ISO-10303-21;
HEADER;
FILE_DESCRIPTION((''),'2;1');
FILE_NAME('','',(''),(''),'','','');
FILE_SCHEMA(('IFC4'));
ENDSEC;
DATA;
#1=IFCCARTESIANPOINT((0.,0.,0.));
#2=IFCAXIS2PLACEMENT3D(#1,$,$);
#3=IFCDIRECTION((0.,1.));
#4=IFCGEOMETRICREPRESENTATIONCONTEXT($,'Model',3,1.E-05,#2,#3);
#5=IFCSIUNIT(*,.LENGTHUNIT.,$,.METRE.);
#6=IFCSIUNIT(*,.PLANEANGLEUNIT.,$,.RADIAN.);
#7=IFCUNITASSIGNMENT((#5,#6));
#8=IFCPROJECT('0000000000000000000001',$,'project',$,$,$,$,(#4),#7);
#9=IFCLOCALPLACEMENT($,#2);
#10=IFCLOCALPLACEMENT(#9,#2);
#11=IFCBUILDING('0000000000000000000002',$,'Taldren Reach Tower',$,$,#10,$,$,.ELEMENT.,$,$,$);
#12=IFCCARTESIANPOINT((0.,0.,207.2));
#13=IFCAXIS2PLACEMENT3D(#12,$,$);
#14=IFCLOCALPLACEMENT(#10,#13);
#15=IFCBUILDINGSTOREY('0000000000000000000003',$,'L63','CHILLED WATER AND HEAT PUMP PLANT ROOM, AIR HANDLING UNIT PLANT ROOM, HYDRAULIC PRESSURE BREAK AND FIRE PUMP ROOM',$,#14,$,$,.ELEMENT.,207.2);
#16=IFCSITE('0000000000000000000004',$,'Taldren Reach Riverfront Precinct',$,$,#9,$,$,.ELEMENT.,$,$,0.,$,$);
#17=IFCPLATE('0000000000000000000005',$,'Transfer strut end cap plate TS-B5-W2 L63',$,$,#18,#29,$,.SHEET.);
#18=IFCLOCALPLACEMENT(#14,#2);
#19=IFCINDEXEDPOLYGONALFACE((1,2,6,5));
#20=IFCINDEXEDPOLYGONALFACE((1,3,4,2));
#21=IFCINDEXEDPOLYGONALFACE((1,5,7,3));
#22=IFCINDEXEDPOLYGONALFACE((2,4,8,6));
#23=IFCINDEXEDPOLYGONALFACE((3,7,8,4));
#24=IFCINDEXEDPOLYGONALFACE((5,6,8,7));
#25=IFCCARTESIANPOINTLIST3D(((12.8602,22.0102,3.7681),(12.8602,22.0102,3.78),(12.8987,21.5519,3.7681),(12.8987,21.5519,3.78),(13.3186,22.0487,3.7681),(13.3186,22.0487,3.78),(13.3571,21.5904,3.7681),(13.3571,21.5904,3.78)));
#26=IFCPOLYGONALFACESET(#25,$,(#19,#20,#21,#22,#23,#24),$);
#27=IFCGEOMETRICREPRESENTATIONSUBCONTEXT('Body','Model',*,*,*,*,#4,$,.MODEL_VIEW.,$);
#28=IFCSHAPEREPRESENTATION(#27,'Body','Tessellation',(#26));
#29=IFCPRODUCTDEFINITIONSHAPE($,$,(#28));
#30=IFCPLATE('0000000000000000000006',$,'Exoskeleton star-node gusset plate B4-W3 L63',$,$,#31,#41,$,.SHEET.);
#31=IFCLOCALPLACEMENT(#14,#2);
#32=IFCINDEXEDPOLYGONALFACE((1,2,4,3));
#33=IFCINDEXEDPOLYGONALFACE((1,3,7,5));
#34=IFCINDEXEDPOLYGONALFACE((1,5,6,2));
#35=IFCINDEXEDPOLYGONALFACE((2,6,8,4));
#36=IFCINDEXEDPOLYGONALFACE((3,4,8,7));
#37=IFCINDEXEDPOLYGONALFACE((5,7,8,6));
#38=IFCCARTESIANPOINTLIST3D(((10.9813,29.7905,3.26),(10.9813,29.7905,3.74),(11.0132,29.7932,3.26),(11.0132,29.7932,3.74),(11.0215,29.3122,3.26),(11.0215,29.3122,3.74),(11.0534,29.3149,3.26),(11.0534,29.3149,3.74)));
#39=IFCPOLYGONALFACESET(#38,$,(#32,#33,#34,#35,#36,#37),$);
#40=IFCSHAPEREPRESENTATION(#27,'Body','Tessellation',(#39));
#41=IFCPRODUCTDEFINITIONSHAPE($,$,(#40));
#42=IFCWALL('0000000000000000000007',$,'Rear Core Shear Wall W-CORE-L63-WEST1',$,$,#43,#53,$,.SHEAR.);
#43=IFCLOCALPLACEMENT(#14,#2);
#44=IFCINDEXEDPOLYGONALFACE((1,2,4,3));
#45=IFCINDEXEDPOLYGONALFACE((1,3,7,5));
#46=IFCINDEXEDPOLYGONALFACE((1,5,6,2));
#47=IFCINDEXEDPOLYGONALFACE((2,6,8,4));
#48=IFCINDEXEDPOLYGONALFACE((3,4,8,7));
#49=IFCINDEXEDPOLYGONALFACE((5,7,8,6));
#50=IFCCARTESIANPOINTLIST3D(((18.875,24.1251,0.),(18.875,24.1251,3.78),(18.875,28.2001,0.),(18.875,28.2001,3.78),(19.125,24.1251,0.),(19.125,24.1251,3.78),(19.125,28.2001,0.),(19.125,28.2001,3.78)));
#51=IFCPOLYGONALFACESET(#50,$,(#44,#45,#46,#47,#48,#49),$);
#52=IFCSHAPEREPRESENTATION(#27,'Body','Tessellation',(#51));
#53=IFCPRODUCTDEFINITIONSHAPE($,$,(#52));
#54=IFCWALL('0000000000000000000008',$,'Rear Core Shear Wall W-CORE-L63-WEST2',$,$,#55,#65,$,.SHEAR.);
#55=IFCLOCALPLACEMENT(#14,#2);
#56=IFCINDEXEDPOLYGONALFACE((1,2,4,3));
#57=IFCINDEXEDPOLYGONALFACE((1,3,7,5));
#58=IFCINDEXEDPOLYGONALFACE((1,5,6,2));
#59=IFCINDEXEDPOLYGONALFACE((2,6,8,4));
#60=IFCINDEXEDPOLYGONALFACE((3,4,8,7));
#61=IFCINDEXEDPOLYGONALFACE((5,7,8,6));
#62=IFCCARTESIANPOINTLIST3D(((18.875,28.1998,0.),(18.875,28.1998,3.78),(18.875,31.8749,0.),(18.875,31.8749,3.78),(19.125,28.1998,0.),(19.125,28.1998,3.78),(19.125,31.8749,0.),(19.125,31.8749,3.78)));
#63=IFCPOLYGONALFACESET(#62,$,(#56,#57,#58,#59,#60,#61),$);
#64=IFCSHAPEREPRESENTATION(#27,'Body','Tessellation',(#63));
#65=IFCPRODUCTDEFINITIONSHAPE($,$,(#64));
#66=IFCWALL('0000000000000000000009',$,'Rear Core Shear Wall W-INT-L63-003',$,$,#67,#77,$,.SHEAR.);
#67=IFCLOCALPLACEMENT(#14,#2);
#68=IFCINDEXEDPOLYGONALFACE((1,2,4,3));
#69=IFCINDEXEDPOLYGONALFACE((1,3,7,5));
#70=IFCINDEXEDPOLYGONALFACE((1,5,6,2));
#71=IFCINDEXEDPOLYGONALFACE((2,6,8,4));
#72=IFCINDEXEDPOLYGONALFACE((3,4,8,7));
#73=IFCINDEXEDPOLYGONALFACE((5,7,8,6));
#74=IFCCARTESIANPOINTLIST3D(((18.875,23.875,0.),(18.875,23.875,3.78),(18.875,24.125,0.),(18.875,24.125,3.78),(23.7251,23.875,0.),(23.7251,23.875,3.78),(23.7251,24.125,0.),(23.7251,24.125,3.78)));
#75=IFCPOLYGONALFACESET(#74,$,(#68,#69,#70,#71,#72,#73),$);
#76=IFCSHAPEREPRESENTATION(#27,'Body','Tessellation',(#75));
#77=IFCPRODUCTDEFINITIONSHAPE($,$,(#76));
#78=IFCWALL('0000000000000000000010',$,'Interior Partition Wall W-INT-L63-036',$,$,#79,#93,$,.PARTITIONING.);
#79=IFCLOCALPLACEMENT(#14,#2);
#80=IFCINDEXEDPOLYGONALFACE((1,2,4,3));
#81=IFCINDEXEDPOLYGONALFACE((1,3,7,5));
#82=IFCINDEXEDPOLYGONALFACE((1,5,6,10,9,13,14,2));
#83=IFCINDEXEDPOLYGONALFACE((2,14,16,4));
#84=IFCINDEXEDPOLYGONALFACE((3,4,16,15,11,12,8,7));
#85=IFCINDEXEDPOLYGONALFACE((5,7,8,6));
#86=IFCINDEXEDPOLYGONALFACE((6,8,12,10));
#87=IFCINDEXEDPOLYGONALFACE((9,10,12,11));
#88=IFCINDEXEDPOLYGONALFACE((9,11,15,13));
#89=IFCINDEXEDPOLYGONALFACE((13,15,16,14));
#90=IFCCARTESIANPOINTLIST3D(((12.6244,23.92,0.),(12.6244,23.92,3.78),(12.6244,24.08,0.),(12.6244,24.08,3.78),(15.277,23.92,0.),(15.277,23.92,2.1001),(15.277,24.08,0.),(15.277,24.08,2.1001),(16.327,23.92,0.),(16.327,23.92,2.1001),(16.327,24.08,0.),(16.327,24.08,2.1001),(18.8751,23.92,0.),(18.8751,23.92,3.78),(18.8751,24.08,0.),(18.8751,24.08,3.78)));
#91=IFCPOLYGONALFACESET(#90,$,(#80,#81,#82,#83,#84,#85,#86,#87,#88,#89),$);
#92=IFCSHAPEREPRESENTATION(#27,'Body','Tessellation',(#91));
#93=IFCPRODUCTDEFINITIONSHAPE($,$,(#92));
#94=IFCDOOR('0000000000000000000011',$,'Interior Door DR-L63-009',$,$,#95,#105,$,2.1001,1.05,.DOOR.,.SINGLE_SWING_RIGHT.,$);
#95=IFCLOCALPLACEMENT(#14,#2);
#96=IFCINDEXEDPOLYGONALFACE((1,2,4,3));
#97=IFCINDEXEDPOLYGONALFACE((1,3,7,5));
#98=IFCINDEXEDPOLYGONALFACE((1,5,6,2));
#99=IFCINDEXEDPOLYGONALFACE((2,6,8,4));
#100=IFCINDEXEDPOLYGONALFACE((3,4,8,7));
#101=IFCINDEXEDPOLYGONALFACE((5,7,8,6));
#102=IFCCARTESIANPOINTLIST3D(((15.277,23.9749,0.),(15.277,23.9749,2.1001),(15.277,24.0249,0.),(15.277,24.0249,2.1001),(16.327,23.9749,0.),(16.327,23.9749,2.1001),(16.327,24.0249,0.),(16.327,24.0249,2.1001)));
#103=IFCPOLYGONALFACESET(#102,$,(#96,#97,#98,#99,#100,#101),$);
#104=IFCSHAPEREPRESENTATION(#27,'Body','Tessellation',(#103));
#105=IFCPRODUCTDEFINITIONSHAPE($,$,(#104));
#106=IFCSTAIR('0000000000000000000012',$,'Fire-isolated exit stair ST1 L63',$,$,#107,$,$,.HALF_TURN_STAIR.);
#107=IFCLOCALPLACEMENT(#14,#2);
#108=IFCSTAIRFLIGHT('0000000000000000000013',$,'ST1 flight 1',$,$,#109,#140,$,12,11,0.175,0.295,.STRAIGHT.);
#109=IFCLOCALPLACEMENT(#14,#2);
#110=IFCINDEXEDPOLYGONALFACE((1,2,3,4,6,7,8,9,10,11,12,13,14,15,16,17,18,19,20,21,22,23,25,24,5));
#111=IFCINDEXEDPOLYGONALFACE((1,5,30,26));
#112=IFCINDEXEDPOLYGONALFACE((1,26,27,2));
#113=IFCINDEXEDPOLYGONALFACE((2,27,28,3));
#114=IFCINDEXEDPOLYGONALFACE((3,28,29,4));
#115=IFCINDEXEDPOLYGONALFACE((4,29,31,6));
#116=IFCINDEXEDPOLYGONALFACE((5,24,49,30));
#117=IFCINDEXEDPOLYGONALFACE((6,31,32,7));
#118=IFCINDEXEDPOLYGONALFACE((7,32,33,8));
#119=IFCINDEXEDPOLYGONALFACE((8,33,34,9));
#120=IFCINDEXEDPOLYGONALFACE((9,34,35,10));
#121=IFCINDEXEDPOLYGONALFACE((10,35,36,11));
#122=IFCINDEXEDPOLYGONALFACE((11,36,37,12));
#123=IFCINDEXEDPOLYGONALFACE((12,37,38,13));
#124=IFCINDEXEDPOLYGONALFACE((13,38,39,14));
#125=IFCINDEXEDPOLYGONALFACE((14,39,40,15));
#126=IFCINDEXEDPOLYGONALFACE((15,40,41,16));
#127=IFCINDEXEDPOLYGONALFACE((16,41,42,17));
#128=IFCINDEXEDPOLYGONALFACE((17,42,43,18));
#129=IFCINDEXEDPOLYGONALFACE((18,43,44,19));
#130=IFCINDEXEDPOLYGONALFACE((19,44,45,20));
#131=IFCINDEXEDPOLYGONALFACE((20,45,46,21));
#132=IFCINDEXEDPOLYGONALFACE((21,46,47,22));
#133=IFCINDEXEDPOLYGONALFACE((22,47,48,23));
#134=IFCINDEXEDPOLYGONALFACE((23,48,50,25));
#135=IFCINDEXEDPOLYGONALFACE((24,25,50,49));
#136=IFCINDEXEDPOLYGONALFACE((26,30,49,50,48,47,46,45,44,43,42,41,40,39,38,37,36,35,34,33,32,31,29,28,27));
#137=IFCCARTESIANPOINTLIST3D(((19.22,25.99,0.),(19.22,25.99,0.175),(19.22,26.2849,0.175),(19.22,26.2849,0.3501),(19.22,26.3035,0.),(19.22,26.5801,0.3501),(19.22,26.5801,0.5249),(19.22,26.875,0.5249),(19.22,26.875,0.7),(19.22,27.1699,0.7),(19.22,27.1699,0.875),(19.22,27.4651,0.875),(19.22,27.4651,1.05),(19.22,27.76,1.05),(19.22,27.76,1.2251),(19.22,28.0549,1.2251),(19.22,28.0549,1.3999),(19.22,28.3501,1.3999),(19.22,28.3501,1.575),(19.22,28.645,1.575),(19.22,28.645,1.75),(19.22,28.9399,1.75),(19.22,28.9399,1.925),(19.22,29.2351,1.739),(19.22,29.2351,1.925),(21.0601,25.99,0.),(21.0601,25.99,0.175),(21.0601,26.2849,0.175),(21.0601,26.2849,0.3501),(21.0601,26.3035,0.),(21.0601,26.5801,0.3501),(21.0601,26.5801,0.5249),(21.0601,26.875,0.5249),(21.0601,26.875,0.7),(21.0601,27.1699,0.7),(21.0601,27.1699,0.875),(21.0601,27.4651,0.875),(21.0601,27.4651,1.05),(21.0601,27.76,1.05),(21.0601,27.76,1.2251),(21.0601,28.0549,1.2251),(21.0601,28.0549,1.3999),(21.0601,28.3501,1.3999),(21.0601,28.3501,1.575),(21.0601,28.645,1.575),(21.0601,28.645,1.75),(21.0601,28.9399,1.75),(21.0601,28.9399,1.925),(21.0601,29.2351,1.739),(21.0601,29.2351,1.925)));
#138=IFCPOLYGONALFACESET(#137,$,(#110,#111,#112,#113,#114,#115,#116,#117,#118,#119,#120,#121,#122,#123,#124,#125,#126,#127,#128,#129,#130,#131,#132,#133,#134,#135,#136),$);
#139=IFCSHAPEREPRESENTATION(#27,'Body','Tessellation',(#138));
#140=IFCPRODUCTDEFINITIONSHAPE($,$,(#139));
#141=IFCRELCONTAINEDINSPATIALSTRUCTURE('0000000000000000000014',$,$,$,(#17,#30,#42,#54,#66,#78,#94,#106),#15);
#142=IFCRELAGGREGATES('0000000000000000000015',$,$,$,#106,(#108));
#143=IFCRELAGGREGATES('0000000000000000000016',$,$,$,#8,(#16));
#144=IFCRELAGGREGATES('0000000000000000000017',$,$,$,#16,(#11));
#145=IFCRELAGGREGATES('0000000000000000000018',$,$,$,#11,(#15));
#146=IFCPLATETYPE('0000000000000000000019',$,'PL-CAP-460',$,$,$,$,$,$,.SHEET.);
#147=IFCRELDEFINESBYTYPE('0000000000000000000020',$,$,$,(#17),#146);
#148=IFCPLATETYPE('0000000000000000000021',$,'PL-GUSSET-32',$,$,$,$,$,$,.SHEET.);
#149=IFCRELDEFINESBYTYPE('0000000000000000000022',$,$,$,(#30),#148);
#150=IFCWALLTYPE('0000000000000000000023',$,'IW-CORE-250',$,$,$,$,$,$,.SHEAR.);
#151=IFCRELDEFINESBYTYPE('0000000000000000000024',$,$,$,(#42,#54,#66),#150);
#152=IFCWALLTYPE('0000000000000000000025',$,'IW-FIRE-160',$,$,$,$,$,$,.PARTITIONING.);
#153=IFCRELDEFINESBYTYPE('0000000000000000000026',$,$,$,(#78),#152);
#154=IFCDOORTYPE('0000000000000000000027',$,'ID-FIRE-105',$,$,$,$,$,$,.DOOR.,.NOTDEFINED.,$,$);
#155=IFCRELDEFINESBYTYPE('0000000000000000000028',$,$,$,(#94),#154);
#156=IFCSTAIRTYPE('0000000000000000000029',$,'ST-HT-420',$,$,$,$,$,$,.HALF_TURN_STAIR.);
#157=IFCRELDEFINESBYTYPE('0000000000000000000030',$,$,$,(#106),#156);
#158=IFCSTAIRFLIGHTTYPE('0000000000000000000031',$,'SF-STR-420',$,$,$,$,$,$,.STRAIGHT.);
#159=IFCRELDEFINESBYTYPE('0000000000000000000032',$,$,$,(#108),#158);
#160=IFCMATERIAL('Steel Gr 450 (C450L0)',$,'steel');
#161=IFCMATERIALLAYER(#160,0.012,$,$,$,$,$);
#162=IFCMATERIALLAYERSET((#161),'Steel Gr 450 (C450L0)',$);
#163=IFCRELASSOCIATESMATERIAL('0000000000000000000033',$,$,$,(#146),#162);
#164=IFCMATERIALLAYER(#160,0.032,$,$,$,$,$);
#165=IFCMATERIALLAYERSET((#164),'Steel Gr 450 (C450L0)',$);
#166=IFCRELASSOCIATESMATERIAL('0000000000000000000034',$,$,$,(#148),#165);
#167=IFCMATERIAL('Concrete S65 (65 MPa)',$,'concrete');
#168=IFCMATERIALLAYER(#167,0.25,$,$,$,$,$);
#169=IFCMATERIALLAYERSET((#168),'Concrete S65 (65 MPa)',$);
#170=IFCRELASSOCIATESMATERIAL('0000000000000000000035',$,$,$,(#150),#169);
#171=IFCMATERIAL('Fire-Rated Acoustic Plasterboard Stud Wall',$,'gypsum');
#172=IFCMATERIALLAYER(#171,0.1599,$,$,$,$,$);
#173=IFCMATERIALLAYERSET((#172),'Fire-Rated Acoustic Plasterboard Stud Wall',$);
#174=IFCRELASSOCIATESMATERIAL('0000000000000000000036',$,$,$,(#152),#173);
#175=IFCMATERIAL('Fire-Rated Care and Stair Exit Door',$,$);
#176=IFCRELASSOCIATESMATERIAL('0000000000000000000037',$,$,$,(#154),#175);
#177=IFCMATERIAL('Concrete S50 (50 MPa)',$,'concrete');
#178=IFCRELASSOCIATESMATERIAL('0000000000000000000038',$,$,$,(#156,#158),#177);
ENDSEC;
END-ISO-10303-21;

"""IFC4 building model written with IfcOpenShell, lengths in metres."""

from ifc_helpers import new_model, si_unit, direction, frame, frame_2d, origin, origin_2d, place, context, subcontext, project, spatial, polyline, rectangle, outline, extrude, source, transform, mapped, material, layer, layer_set, type_object, element, fill, aggregate, save


model = new_model("IFC4")

# Units and contexts
model_context = context("Model", 3, precision=1e-05, world=origin(), true_north=direction((0.0, 1.0)))
body_context = subcontext(model_context, "Body", "Model", "MODEL_VIEW")
ifc_project = project(units=[si_unit("LENGTHUNIT", "METRE"), si_unit("PLANEANGLEUNIT", "RADIAN")], contexts=[model_context])

# Site, building, storey
site_placement = place(None, origin())
site = spatial("IfcSite", under=ifc_project, at=site_placement, Name="Taldren Reach Riverfront Precinct", CompositionType="ELEMENT", RefElevation=0.0)
building_placement = place(site_placement, origin())
building = spatial("IfcBuilding", under=site, at=building_placement, Name="Taldren Reach Tower", CompositionType="ELEMENT")
storey_placement = place(building_placement, frame((0.0, 0.0, 207.2)))
storey = spatial("IfcBuildingStorey", under=building, at=storey_placement, Name="L63", Description="CHILLED WATER AND HEAT PUMP PLANT ROOM, AIR HANDLING UNIT PLANT ROOM, HYDRAULIC PRESSURE BREAK AND FIRE PUMP ROOM", CompositionType="ELEMENT", Elevation=207.2)

# Shared definitions
ifc_material_1 = material(Name="Steel Gr 450 (C450L0)", Category="steel")

# Plates
ifc_layer_1 = layer(ifc_material_1, 0.012)
ifc_layer_set_1 = layer_set([ifc_layer_1], Name="Steel Gr 450 (C450L0)")
plate_type_1 = type_object("IfcPlateType", Name="PL-CAP-460", PredefinedType="SHEET", material=ifc_layer_set_1)
shared_shape_1 = source(origin(), body_context, "Body", "SweptSolid", [
    extrude(rectangle(XDim=0.46, YDim=0.46, at=origin_2d()), origin(), (0.0, 0.0, 1.0), 0.012),
])
plate_1_placement = place(storey_placement, frame((13.1086, 21.8003, 3.7681), z_axis=(0.0, 0.0, 1.0), x_axis=(0.996493, 0.083678, 0.0)))
element("IfcPlate", 1, at=plate_1_placement, inside=storey, type_object=plate_type_1, Name="Transfer strut end cap plate TS-B5-W2 L63", PredefinedType="SHEET", context=body_context, shape_type="MappedRepresentation", body=[
    mapped(shared_shape_1, transform((0.0, 0.0, 0.0), scale=1.0)),
])
ifc_layer_2 = layer(ifc_material_1, 0.032)
ifc_layer_set_2 = layer_set([ifc_layer_2], Name="Steel Gr 450 (C450L0)")
plate_type_2 = type_object("IfcPlateType", Name="PL-GUSSET-32", PredefinedType="SHEET", material=ifc_layer_set_2)
shared_shape_2 = source(origin(), body_context, "Body", "SweptSolid", [
    extrude(rectangle(XDim=0.48, YDim=0.032, at=origin_2d()), origin(), (0.0, 0.0, 1.0), 0.48),
])
plate_2_placement = place(storey_placement, frame((11.0173, 29.5527, 3.26), z_axis=(0.0, 0.0, 1.0), x_axis=(-0.083678, 0.996493, 0.0)))
element("IfcPlate", 2, at=plate_2_placement, inside=storey, type_object=plate_type_2, Name="Exoskeleton star-node gusset plate B4-W3 L63", PredefinedType="SHEET", context=body_context, shape_type="MappedRepresentation", body=[
    mapped(shared_shape_2, transform((0.0, 0.0, 0.0), scale=1.0)),
])

# Walls
ifc_material_2 = material(Name="Concrete S65 (65 MPa)", Category="concrete")
ifc_layer_3 = layer(ifc_material_2, 0.25)
ifc_layer_set_3 = layer_set([ifc_layer_3], Name="Concrete S65 (65 MPa)")
wall_type_1 = type_object("IfcWallType", Name="IW-CORE-250", PredefinedType="SHEAR", material=ifc_layer_set_3)
shared_shape_3 = source(origin(), body_context, "Body", "SweptSolid", [
    extrude(rectangle(XDim=4.075, YDim=0.25, at=frame_2d((2.0376, 0.0))), origin(), (0.0, 0.0, 1.0), 3.78),
])
wall_1_placement = place(storey_placement, frame((19.0, 24.125, 0.0), z_axis=(0.0, 0.0, 1.0), x_axis=(0.0, 1.0, 0.0)))
element("IfcWall", 3, at=wall_1_placement, inside=storey, type_object=wall_type_1, Name="Rear Core Shear Wall W-CORE-L63-WEST1", PredefinedType="SHEAR", context=body_context, shape_type="MappedRepresentation", body=[
    mapped(shared_shape_3, transform((0.0, 0.0, 0.0), scale=1.0)),
])
shared_shape_4 = source(origin(), body_context, "Body", "SweptSolid", [
    extrude(rectangle(XDim=3.675, YDim=0.25, at=frame_2d((1.8374, 0.0))), origin(), (0.0, 0.0, 1.0), 3.78),
])
wall_2_placement = place(storey_placement, frame((19.0, 28.2, 0.0), z_axis=(0.0, 0.0, 1.0), x_axis=(0.0, 1.0, 0.0)))
element("IfcWall", 4, at=wall_2_placement, inside=storey, type_object=wall_type_1, Name="Rear Core Shear Wall W-CORE-L63-WEST2", PredefinedType="SHEAR", context=body_context, shape_type="MappedRepresentation", body=[
    mapped(shared_shape_4, transform((0.0, 0.0, 0.0), scale=1.0)),
])
shared_shape_5 = source(origin(), body_context, "Body", "SweptSolid", [
    extrude(rectangle(XDim=4.8501, YDim=0.25, at=frame_2d((2.425, 0.0))), origin(), (0.0, 0.0, 1.0), 3.78),
])
wall_3_placement = place(storey_placement, frame((18.875, 24.0, 0.0), z_axis=(0.0, 0.0, 1.0), x_axis=(1.0, 0.0, 0.0)))
element("IfcWall", 5, at=wall_3_placement, inside=storey, type_object=wall_type_1, Name="Rear Core Shear Wall W-INT-L63-003", PredefinedType="SHEAR", context=body_context, shape_type="MappedRepresentation", body=[
    mapped(shared_shape_5, transform((0.0, 0.0, 0.0), scale=1.0)),
])

# Wall, opening, door
ifc_material_3 = material(Name="Fire-Rated Acoustic Plasterboard Stud Wall", Category="gypsum")
ifc_layer_4 = layer(ifc_material_3, 0.1599)
ifc_layer_set_4 = layer_set([ifc_layer_4], Name="Fire-Rated Acoustic Plasterboard Stud Wall")
wall_type_2 = type_object("IfcWallType", Name="IW-FIRE-160", PredefinedType="PARTITIONING", material=ifc_layer_set_4)
shared_shape_6 = source(origin(), body_context, "Body", "SweptSolid", [
    extrude(rectangle(XDim=6.2507, YDim=0.1599, at=frame_2d((3.1255, 0.0))), origin(), (0.0, 0.0, 1.0), 3.78),
])
wall_4_placement = place(storey_placement, frame((12.6243, 24.0, 0.0), z_axis=(0.0, 0.0, 1.0), x_axis=(1.0, 0.0, 0.0)))
wall_4 = element("IfcWall", 6, at=wall_4_placement, inside=storey, type_object=wall_type_2, Name="Interior Partition Wall W-INT-L63-036", PredefinedType="PARTITIONING", context=body_context, shape_type="MappedRepresentation", body=[
    mapped(shared_shape_6, transform((0.0, 0.0, 0.0), scale=1.0)),
])
shared_shape_7 = source(origin(), body_context, "Body", "SweptSolid", [
    extrude(rectangle(XDim=1.05, YDim=2.1001, at=frame_2d((0.5249, 1.05))), frame((0.0, 0.0898, 0.0), z_axis=(0.0, -1.0, 0.0), x_axis=(1.0, 0.0, 0.0)), (0.0, 0.0, 1.0), 0.1799),
])
opening_placement = place(wall_4_placement, frame((2.6528, 0.0, 0.0)))
opening = element("IfcOpeningElement", 7, at=opening_placement, cuts=wall_4, PredefinedType="OPENING", context=body_context, shape_type="MappedRepresentation", body=[
    mapped(shared_shape_7, transform((0.0, 0.0, 0.0), scale=1.0)),
])
ifc_material_4 = material(Name="Fire-Rated Care and Stair Exit Door")
door_type = type_object("IfcDoorType", Name="ID-FIRE-105", OperationType="NOTDEFINED", PredefinedType="DOOR", material=ifc_material_4)
shared_shape_8 = source(origin(), body_context, "Body", "SweptSolid", [
    extrude(rectangle(XDim=1.05, YDim=2.1001, at=frame_2d((0.5249, 1.05))), frame((0.0, 0.0249, 0.0), z_axis=(0.0, -1.0, 0.0), x_axis=(1.0, 0.0, 0.0)), (0.0, 0.0, 1.0), 0.05),
])
door_placement = place(opening_placement, origin())
door = element("IfcDoor", 8, at=door_placement, inside=storey, type_object=door_type, Name="Interior Door DR-L63-009", OperationType="SINGLE_SWING_RIGHT", OverallHeight=2.1001, OverallWidth=1.05, PredefinedType="DOOR", context=body_context, shape_type="MappedRepresentation", body=[
    mapped(shared_shape_8, transform((0.0, 0.0, 0.0), scale=1.0)),
])
fill(opening, door)

# Stair, stair flight
ifc_material_5 = material(Name="Concrete S50 (50 MPa)", Category="concrete")
stair_type = type_object("IfcStairType", Name="ST-HT-420", PredefinedType="HALF_TURN_STAIR", material=ifc_material_5)
stair_placement = place(storey_placement, origin())
stair = element("IfcStair", 9, at=stair_placement, inside=storey, type_object=stair_type, Name="Fire-isolated exit stair ST1 L63", PredefinedType="HALF_TURN_STAIR")
stair_flight_type = type_object("IfcStairFlightType", Name="SF-STR-420", PredefinedType="STRAIGHT", material=ifc_material_5)
stair_flight_placement = place(storey_placement, frame((20.1399, 25.99, 0.0), z_axis=(0.0, 0.0, 1.0), x_axis=(0.0, 1.0, 0.0)))
stair_flight = element("IfcStairFlight", 10, at=stair_flight_placement, type_object=stair_flight_type, Name="ST1 flight 1", NumberOfRisers=12, NumberOfTreads=11, PredefinedType="STRAIGHT", RiserHeight=0.175, TreadLength=0.295, context=body_context, shape_type="SweptSolid", body=[
    extrude(outline(polyline([(0.0, 0.0), (0.0, 0.175), (0.2949, 0.175), (0.2949, 0.3501), (0.5901, 0.3501), (0.5901, 0.5249), (0.885, 0.5249), (0.885, 0.7), (1.1799, 0.7), (1.1799, 0.875), (1.4751, 0.875), (1.4751, 1.05), (1.77, 1.05), (1.77, 1.2251), (2.0649, 1.2251), (2.0649, 1.3999), (2.3601, 1.3999), (2.3601, 1.575), (2.655, 1.575), (2.655, 1.75), (2.95, 1.75), (2.95, 1.925), (3.2451, 1.925), (3.2451, 2.1001), (3.2451, 1.739), (0.3135, 0.0), (0.0, 0.0)])), frame((0.0, 0.9199, 0.0), z_axis=(0.0, -1.0, 0.0), x_axis=(1.0, 0.0, 0.0)), (0.0, 0.0, 1.0), 1.8401),
])
aggregate(stair, [stair_flight])

save(model, "model.ifc")
